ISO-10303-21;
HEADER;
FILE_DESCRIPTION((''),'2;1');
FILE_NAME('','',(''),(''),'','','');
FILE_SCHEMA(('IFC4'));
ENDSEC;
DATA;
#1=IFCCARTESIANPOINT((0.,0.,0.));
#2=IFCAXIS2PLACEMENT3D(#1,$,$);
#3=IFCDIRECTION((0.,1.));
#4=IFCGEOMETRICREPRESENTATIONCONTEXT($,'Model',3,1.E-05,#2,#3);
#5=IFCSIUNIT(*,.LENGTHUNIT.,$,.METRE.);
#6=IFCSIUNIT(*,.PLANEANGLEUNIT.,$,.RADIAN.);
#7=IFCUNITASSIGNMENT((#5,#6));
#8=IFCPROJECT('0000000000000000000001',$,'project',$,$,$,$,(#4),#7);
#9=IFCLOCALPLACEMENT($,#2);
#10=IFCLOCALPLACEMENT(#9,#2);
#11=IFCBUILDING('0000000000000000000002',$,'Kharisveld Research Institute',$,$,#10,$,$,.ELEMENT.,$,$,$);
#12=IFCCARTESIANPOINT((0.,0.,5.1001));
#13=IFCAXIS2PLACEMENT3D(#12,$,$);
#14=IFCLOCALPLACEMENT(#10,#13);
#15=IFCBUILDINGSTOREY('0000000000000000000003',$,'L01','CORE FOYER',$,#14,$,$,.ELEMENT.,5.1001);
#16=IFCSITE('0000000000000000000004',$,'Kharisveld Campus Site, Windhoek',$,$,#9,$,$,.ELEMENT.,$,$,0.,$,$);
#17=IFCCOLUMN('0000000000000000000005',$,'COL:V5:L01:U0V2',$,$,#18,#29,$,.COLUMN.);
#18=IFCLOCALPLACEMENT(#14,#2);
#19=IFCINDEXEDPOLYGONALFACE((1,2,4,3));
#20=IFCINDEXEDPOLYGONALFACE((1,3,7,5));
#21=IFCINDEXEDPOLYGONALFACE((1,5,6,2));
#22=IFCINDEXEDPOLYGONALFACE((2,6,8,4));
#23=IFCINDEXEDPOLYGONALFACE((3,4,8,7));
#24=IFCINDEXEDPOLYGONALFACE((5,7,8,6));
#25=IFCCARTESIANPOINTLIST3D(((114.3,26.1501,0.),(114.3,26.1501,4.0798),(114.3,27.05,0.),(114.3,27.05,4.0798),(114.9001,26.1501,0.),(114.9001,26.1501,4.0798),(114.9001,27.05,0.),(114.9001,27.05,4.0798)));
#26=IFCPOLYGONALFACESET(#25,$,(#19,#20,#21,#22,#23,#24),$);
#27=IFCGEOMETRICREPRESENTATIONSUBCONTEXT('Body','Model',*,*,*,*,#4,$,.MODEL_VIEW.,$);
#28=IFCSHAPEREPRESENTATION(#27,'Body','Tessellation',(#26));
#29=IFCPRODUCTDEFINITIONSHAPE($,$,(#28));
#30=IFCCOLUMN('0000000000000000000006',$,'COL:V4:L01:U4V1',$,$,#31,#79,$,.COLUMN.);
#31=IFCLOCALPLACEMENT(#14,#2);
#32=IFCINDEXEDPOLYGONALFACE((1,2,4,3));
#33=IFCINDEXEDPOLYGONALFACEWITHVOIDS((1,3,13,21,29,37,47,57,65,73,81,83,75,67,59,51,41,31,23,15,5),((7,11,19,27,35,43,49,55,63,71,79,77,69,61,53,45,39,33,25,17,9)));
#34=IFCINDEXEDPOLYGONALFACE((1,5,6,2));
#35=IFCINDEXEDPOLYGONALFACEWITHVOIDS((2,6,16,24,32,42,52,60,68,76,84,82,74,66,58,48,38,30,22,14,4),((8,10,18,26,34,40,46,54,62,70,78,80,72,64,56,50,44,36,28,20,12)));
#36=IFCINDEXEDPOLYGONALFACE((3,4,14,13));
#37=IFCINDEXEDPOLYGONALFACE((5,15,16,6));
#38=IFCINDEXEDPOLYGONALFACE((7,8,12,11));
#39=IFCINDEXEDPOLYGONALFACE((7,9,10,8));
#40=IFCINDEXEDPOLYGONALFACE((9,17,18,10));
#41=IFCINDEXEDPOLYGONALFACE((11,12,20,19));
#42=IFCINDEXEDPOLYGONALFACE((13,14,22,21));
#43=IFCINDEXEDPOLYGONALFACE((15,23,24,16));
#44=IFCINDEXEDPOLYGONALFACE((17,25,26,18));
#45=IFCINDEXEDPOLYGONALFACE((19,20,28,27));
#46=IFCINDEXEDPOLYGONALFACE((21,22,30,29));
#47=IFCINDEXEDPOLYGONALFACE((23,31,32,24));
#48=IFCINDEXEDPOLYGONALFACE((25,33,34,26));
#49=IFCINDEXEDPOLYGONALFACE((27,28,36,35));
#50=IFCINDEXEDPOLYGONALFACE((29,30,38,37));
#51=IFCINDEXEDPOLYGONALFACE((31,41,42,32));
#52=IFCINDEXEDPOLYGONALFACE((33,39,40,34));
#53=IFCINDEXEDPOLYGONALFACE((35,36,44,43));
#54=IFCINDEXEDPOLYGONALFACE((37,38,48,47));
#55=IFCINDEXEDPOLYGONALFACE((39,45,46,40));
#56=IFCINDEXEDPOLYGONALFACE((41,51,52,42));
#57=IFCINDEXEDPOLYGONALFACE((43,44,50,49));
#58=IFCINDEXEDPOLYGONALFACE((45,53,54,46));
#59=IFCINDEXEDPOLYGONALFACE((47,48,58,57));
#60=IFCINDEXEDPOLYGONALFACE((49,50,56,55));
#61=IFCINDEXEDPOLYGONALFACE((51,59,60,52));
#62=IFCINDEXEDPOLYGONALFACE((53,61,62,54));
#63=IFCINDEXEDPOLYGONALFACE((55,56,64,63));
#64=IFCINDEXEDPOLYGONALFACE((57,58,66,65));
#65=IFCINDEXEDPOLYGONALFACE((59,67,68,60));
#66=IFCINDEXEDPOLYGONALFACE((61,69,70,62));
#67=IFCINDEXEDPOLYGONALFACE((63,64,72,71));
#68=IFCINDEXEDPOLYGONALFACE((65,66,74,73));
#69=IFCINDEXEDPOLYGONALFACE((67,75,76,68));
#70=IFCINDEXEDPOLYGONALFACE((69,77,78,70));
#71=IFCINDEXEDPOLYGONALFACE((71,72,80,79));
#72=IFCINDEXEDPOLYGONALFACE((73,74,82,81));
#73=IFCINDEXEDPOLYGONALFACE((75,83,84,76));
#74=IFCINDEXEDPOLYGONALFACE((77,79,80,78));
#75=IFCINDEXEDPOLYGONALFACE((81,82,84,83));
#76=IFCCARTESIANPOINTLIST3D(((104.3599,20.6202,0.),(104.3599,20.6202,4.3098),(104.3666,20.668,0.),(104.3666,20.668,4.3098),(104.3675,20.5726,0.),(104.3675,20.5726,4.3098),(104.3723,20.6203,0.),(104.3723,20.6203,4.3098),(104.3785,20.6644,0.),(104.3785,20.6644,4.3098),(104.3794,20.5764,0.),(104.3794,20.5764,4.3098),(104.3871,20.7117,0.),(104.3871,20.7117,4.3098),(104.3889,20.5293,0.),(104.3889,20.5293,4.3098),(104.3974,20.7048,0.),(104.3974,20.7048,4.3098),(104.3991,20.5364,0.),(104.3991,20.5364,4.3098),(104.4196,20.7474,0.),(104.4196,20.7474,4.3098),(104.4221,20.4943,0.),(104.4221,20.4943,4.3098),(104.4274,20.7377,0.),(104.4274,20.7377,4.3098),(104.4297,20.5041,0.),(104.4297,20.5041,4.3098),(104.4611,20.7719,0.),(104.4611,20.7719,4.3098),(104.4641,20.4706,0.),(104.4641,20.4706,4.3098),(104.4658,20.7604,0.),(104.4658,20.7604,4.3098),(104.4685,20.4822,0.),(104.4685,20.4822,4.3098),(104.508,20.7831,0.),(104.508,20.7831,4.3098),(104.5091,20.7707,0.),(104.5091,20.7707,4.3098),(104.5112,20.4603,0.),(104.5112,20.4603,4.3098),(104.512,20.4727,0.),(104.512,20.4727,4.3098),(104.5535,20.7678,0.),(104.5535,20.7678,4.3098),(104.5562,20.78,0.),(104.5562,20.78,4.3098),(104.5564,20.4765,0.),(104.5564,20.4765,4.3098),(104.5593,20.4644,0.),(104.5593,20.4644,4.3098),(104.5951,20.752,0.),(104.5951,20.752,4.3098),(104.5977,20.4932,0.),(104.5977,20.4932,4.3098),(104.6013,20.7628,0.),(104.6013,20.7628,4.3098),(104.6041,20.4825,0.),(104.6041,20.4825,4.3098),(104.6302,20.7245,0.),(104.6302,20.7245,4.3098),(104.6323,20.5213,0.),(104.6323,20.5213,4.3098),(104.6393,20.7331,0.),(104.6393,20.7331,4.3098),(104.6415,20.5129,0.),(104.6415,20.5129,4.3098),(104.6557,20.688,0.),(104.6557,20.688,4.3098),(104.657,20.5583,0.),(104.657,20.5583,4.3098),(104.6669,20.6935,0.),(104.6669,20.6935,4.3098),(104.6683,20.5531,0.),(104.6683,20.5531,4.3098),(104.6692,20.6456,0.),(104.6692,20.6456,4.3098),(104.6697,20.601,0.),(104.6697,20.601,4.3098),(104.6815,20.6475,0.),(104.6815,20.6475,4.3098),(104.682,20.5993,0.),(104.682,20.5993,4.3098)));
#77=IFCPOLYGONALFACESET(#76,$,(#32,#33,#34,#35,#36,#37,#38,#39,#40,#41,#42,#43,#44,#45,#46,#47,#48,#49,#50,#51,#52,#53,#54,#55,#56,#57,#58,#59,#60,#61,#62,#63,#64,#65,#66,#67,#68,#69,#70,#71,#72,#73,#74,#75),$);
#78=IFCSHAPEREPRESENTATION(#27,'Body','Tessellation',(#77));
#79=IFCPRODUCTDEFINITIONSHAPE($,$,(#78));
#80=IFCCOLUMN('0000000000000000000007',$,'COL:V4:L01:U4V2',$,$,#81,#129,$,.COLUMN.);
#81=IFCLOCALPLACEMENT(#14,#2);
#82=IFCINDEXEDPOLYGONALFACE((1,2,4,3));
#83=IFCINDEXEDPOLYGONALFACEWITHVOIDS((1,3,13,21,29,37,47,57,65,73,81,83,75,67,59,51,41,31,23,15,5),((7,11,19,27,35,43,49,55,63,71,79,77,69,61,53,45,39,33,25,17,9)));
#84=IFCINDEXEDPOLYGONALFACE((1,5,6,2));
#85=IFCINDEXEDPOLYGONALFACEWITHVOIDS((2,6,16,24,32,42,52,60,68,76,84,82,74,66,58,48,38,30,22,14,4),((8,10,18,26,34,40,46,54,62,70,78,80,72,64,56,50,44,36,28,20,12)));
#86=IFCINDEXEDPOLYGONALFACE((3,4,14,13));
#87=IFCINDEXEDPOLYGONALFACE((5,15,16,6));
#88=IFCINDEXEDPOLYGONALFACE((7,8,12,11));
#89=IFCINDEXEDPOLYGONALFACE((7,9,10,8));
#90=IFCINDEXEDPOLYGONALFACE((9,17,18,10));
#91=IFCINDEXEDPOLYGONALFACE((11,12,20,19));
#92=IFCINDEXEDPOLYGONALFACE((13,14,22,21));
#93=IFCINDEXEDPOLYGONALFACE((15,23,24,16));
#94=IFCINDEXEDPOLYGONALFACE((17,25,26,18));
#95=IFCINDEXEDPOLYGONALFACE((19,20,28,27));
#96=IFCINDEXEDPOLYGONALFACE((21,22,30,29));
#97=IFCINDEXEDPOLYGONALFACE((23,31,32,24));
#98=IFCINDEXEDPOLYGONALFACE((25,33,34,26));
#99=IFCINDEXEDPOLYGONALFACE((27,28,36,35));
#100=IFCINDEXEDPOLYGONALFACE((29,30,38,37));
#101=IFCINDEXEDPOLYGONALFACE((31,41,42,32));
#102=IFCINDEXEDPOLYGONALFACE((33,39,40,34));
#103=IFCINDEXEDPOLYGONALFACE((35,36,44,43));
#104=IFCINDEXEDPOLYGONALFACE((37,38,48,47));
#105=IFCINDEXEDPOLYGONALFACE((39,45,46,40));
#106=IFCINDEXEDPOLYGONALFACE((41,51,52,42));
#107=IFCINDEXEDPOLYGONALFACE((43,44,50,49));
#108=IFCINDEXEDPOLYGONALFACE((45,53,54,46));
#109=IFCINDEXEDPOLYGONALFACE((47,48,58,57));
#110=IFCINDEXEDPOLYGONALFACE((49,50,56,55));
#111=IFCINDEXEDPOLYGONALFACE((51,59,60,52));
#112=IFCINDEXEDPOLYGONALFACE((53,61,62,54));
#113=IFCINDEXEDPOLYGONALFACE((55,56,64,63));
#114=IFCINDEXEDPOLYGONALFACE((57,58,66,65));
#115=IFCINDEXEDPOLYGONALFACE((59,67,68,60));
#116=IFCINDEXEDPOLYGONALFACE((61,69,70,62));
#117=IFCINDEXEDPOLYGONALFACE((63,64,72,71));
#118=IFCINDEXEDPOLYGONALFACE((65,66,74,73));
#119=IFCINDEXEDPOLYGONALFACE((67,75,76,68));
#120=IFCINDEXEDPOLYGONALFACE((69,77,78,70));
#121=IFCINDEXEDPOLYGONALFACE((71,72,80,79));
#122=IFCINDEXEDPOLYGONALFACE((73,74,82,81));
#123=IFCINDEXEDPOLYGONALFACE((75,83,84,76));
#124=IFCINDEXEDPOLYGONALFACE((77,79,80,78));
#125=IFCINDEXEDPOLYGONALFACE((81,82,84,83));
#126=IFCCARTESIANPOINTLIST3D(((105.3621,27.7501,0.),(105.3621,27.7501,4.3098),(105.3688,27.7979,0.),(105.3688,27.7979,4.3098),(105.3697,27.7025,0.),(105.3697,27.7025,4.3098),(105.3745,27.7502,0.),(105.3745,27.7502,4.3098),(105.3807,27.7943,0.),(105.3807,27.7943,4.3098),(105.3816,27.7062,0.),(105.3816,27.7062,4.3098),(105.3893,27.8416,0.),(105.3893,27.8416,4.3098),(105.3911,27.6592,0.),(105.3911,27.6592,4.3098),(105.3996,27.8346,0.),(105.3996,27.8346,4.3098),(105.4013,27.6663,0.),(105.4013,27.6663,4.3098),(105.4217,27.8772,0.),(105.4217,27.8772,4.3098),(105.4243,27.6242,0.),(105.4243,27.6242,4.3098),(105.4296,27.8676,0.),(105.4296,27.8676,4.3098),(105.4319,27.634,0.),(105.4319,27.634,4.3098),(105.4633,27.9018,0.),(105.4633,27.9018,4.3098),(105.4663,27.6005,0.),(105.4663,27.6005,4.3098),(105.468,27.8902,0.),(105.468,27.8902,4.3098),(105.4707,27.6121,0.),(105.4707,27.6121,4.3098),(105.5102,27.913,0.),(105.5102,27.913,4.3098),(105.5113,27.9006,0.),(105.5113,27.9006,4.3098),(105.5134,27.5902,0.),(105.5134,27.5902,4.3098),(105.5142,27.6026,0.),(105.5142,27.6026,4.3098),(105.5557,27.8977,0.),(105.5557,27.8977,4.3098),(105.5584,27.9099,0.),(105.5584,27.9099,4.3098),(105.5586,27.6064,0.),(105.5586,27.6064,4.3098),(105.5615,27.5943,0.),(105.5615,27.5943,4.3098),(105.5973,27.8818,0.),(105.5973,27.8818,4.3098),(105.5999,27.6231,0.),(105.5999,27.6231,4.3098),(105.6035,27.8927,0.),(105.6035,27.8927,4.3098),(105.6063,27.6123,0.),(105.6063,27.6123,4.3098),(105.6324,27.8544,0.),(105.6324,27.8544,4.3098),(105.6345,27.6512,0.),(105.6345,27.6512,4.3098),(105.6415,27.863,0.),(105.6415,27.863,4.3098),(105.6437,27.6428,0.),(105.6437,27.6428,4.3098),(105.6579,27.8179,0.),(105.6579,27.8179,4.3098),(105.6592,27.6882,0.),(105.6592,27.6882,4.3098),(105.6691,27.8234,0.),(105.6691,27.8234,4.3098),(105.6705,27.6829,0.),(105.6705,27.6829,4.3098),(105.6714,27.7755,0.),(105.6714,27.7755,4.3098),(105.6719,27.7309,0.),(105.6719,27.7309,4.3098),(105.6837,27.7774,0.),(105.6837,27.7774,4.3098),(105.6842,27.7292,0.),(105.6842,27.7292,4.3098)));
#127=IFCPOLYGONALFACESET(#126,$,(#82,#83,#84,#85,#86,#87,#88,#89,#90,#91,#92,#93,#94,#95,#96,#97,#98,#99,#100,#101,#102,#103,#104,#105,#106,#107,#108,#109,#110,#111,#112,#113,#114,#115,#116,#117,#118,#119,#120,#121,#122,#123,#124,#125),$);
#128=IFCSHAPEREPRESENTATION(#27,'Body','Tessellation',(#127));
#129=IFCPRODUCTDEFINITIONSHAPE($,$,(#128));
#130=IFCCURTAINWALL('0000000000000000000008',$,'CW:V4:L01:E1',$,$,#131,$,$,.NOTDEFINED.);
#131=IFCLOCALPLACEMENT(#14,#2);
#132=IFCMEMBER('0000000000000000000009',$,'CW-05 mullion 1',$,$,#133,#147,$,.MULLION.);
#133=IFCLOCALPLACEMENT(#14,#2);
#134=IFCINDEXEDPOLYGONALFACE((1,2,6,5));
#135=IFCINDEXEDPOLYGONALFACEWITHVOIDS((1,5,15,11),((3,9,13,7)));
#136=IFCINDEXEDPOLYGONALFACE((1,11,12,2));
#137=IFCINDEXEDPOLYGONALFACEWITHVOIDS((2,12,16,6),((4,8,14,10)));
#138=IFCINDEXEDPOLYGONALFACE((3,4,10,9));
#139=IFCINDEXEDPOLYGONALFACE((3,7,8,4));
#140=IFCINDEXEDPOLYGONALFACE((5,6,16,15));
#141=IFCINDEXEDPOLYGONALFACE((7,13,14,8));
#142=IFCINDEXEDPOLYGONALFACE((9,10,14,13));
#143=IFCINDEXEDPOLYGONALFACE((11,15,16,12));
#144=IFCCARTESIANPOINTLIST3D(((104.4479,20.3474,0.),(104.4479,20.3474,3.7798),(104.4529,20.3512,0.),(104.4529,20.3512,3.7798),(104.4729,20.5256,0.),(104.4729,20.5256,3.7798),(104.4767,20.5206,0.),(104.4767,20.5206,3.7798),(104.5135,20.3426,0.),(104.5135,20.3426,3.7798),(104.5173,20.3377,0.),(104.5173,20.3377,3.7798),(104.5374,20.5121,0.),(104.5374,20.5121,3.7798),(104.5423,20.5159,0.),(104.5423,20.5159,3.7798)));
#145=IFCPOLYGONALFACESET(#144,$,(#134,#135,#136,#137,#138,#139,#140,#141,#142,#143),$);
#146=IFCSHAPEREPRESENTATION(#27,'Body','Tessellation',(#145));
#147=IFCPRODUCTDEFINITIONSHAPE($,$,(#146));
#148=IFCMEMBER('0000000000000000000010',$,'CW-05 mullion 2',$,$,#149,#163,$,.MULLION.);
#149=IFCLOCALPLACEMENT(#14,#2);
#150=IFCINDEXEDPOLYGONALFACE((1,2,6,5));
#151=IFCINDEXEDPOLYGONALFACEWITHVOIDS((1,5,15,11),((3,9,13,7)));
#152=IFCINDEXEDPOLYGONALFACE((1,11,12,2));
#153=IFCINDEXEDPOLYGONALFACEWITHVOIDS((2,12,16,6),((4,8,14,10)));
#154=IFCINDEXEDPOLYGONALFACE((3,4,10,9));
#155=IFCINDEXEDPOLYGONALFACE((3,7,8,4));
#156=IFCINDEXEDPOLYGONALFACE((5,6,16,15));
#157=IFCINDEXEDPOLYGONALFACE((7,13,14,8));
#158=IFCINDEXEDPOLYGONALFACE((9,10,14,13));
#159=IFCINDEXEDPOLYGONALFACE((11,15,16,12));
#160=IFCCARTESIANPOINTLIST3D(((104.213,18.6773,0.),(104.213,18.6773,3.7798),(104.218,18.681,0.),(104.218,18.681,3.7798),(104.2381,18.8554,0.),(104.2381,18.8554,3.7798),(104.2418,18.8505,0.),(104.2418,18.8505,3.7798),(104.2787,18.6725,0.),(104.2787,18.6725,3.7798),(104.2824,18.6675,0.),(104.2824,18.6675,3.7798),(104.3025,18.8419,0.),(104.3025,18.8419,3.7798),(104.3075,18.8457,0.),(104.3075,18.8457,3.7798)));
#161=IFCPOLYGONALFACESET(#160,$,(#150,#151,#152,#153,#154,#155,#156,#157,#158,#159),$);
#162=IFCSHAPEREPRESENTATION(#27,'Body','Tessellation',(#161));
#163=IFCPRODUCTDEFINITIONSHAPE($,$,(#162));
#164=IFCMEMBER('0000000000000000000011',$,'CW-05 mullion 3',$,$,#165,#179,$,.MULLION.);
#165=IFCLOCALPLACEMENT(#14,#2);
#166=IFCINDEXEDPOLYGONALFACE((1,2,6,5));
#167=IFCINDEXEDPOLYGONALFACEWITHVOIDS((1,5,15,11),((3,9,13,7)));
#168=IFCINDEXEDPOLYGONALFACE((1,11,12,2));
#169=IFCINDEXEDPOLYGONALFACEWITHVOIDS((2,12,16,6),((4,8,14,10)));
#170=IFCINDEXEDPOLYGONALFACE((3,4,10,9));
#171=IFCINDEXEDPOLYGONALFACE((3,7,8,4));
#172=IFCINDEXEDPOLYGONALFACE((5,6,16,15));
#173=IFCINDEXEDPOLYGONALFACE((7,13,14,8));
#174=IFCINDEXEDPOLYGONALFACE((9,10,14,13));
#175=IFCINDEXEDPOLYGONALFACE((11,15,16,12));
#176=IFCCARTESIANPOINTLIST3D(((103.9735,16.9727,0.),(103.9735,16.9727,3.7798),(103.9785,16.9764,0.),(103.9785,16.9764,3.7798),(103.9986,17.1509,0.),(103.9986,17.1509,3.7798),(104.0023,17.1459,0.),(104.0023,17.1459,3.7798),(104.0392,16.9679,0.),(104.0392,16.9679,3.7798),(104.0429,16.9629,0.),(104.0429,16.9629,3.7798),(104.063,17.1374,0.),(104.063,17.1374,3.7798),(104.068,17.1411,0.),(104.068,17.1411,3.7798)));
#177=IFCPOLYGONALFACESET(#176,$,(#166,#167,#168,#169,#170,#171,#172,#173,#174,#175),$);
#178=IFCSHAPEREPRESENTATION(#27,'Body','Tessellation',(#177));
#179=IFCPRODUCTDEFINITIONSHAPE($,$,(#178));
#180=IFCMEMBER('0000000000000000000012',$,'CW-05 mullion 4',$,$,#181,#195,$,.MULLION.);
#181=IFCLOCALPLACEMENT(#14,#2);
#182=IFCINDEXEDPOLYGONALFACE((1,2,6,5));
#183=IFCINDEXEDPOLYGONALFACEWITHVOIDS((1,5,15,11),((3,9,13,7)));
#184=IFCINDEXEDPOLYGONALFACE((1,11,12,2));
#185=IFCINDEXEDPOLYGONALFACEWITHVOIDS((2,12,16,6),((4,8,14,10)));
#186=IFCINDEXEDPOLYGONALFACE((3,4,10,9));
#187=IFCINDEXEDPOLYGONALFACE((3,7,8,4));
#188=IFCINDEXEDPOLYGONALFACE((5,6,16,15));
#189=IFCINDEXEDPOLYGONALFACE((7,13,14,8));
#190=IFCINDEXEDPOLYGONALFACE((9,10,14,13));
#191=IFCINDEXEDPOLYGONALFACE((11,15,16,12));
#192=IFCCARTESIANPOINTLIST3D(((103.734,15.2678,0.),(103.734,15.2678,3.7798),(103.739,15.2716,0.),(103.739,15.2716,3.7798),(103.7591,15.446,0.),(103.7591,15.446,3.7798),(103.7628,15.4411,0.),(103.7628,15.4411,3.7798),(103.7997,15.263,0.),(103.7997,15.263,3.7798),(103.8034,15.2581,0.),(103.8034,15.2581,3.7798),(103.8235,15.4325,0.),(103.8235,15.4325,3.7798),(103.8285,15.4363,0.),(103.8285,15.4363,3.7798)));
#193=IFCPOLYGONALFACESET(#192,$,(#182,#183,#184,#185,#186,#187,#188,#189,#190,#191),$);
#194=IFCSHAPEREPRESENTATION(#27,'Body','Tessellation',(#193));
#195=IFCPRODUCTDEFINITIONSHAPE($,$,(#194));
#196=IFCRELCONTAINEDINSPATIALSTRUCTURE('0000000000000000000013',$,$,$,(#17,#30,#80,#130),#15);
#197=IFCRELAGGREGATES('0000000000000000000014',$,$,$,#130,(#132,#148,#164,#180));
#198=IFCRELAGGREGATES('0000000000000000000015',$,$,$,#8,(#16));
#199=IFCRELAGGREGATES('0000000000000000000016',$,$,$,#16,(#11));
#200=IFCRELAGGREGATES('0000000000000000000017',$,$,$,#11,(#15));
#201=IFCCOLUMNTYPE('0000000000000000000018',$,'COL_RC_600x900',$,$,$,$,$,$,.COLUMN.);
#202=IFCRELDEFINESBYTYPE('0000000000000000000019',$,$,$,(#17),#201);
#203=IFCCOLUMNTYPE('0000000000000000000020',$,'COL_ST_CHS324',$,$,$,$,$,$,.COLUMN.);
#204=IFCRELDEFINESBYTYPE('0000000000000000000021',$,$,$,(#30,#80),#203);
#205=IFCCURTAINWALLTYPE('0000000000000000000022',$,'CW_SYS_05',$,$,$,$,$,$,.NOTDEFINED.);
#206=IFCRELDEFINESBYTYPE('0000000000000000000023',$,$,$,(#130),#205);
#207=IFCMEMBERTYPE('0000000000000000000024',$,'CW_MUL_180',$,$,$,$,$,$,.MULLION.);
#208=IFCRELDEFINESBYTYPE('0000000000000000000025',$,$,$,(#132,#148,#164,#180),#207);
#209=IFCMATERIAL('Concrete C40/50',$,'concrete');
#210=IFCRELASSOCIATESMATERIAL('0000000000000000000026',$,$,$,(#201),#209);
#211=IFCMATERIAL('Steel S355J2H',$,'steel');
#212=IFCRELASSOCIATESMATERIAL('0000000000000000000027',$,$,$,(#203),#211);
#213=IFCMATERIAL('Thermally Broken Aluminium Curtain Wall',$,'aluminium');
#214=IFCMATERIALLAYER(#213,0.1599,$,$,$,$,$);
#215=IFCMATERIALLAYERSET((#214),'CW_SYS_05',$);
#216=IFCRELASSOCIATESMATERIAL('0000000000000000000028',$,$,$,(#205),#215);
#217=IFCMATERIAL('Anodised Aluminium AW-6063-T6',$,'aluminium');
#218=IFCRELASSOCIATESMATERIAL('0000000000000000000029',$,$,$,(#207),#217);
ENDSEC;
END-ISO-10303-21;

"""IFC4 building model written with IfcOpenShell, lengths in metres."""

from ifc_helpers import new_model, si_unit, direction, frame, origin, origin_2d, place, context, subcontext, project, spatial, rectangle, hollow_rectangle, hollow_circle, extrude, material, layer, layer_set, material_profile, profile_set, type_object, element, aggregate, save


model = new_model("IFC4")

# Units and contexts
model_context = context("Model", 3, precision=1e-05, world=origin(), true_north=direction((0.0, 1.0)))
body_context = subcontext(model_context, "Body", "Model", "MODEL_VIEW")
ifc_project = project(units=[si_unit("LENGTHUNIT", "METRE"), si_unit("PLANEANGLEUNIT", "RADIAN")], contexts=[model_context])

# Site, building, storey
site_placement = place(None, origin())
site = spatial("IfcSite", under=ifc_project, at=site_placement, Name="Kharisveld Campus Site, Windhoek", CompositionType="ELEMENT", RefElevation=0.0)
building_placement = place(site_placement, origin())
building = spatial("IfcBuilding", under=site, at=building_placement, Name="Kharisveld Research Institute", CompositionType="ELEMENT")
storey_placement = place(building_placement, frame((0.0, 0.0, 5.1001)))
storey = spatial("IfcBuildingStorey", under=building, at=storey_placement, Name="L01", Description="CORE FOYER", CompositionType="ELEMENT", Elevation=5.1001)

# Columns
ifc_material_1 = material(Name="Concrete C40/50", Category="concrete")
ifc_material_profile_1 = material_profile(ifc_material_1, rectangle(XDim=0.6001, YDim=0.8999, at=origin_2d()))
ifc_profile_set_1 = profile_set([ifc_material_profile_1], Name="Concrete C40/50")
column_type_1 = type_object("IfcColumnType", Name="COL_RC_600x900", PredefinedType="COLUMN", material=ifc_profile_set_1)
column_placement = place(storey_placement, frame((114.6001, 26.6001, 0.0), z_axis=(0.0, 0.0, 1.0), x_axis=(1.0, 0.0, 0.0)))
element("IfcColumn", 1, at=column_placement, inside=storey, type_object=column_type_1, Name="COL:V5:L01:U0V2", PredefinedType="COLUMN", context=body_context, shape_type="SweptSolid", body=[
    extrude(rectangle(XDim=0.6001, YDim=0.8999, at=origin_2d()), origin(), (0.0, 0.0, 1.0), 4.0798),
])
ifc_material_2 = material(Name="Steel S355J2H", Category="steel")
ifc_material_profile_2 = material_profile(ifc_material_2, hollow_circle(Radius=0.1619, WallThickness=0.0125, at=origin_2d()))
ifc_profile_set_2 = profile_set([ifc_material_profile_2], Name="Steel S355J2H")
column_type_2 = type_object("IfcColumnType", Name="COL_ST_CHS324", PredefinedType="COLUMN", material=ifc_profile_set_2)
for number, where, z_axis, x_axis, name in (
    (2, (104.5217, 20.6218, 0.0), (0.0, 0.0, 1.0), (0.990268, -0.139173, 0.0), "COL:V4:L01:U4V1"),
    (3, (105.5239, 27.7517, 0.0), (0.0, 0.0, 1.0), (0.990268, -0.139173, 0.0), "COL:V4:L01:U4V2"),
):
    element("IfcColumn", number, at=place(storey_placement, frame(where, z_axis=z_axis, x_axis=x_axis)), inside=storey, type_object=column_type_2, Name=name, PredefinedType="COLUMN", context=body_context, shape_type="SweptSolid", body=[
        extrude(hollow_circle(Radius=0.1619, WallThickness=0.0125, at=origin_2d()), origin(), (0.0, 0.0, 1.0), 4.3098),
    ])

# Curtain wall, members
ifc_material_3 = material(Name="Thermally Broken Aluminium Curtain Wall", Category="aluminium")
ifc_layer_1 = layer(ifc_material_3, 0.1599)
ifc_layer_set_1 = layer_set([ifc_layer_1], Name="CW_SYS_05")
curtain_wall_type = type_object("IfcCurtainWallType", Name="CW_SYS_05", PredefinedType="NOTDEFINED", material=ifc_layer_set_1)
curtain_wall_placement = place(storey_placement, origin())
curtain_wall = element("IfcCurtainWall", 4, at=curtain_wall_placement, inside=storey, type_object=curtain_wall_type, Name="CW:V4:L01:E1", PredefinedType="NOTDEFINED")
ifc_material_4 = material(Name="Anodised Aluminium AW-6063-T6", Category="aluminium")
ifc_material_profile_3 = material_profile(ifc_material_4, hollow_rectangle(XDim=0.0701, YDim=0.1799, WallThickness=0.0044, at=origin_2d()))
ifc_profile_set_3 = profile_set([ifc_material_profile_3], Name="Anodised Aluminium AW-6063-T6")
member_type_1 = type_object("IfcMemberType", Name="CW_MUL_180", PredefinedType="MULLION", material=ifc_profile_set_3)
member_1_placement = place(storey_placement, frame((104.4951, 20.4316, 0.0), z_axis=(0.0, 0.0, 1.0), x_axis=(0.990268, -0.139173, 0.0)))
member_1 = element("IfcMember", 5, at=member_1_placement, type_object=member_type_1, Name="CW-05 mullion 1", PredefinedType="MULLION", context=body_context, shape_type="SweptSolid", body=[
    extrude(hollow_rectangle(XDim=0.0701, YDim=0.1799, WallThickness=0.0044, at=origin_2d()), origin(), (0.0, 0.0, 1.0), 3.7798),
])
member_2_placement = place(storey_placement, frame((104.2603, 18.7615, 0.0), z_axis=(0.0, 0.0, 1.0), x_axis=(0.990268, -0.139173, 0.0)))
member_2 = element("IfcMember", 6, at=member_2_placement, type_object=member_type_1, Name="CW-05 mullion 2", PredefinedType="MULLION", context=body_context, shape_type="SweptSolid", body=[
    extrude(hollow_rectangle(XDim=0.0701, YDim=0.1799, WallThickness=0.0044, at=origin_2d()), origin(), (0.0, 0.0, 1.0), 3.7798),
])
member_3_placement = place(storey_placement, frame((104.0208, 17.0569, 0.0), z_axis=(0.0, 0.0, 1.0), x_axis=(0.990268, -0.139173, 0.0)))
member_3 = element("IfcMember", 7, at=member_3_placement, type_object=member_type_1, Name="CW-05 mullion 3", PredefinedType="MULLION", context=body_context, shape_type="SweptSolid", body=[
    extrude(hollow_rectangle(XDim=0.0701, YDim=0.1799, WallThickness=0.0044, at=origin_2d()), origin(), (0.0, 0.0, 1.0), 3.7798),
])
member_4_placement = place(storey_placement, frame((103.7812, 15.3521, 0.0), z_axis=(0.0, 0.0, 1.0), x_axis=(0.990268, -0.139173, 0.0)))
member_4 = element("IfcMember", 8, at=member_4_placement, type_object=member_type_1, Name="CW-05 mullion 4", PredefinedType="MULLION", context=body_context, shape_type="SweptSolid", body=[
    extrude(hollow_rectangle(XDim=0.0701, YDim=0.1799, WallThickness=0.0044, at=origin_2d()), origin(), (0.0, 0.0, 1.0), 3.7798),
])

aggregate(curtain_wall, [member_1, member_2, member_3, member_4])

save(model, "model.ifc")
